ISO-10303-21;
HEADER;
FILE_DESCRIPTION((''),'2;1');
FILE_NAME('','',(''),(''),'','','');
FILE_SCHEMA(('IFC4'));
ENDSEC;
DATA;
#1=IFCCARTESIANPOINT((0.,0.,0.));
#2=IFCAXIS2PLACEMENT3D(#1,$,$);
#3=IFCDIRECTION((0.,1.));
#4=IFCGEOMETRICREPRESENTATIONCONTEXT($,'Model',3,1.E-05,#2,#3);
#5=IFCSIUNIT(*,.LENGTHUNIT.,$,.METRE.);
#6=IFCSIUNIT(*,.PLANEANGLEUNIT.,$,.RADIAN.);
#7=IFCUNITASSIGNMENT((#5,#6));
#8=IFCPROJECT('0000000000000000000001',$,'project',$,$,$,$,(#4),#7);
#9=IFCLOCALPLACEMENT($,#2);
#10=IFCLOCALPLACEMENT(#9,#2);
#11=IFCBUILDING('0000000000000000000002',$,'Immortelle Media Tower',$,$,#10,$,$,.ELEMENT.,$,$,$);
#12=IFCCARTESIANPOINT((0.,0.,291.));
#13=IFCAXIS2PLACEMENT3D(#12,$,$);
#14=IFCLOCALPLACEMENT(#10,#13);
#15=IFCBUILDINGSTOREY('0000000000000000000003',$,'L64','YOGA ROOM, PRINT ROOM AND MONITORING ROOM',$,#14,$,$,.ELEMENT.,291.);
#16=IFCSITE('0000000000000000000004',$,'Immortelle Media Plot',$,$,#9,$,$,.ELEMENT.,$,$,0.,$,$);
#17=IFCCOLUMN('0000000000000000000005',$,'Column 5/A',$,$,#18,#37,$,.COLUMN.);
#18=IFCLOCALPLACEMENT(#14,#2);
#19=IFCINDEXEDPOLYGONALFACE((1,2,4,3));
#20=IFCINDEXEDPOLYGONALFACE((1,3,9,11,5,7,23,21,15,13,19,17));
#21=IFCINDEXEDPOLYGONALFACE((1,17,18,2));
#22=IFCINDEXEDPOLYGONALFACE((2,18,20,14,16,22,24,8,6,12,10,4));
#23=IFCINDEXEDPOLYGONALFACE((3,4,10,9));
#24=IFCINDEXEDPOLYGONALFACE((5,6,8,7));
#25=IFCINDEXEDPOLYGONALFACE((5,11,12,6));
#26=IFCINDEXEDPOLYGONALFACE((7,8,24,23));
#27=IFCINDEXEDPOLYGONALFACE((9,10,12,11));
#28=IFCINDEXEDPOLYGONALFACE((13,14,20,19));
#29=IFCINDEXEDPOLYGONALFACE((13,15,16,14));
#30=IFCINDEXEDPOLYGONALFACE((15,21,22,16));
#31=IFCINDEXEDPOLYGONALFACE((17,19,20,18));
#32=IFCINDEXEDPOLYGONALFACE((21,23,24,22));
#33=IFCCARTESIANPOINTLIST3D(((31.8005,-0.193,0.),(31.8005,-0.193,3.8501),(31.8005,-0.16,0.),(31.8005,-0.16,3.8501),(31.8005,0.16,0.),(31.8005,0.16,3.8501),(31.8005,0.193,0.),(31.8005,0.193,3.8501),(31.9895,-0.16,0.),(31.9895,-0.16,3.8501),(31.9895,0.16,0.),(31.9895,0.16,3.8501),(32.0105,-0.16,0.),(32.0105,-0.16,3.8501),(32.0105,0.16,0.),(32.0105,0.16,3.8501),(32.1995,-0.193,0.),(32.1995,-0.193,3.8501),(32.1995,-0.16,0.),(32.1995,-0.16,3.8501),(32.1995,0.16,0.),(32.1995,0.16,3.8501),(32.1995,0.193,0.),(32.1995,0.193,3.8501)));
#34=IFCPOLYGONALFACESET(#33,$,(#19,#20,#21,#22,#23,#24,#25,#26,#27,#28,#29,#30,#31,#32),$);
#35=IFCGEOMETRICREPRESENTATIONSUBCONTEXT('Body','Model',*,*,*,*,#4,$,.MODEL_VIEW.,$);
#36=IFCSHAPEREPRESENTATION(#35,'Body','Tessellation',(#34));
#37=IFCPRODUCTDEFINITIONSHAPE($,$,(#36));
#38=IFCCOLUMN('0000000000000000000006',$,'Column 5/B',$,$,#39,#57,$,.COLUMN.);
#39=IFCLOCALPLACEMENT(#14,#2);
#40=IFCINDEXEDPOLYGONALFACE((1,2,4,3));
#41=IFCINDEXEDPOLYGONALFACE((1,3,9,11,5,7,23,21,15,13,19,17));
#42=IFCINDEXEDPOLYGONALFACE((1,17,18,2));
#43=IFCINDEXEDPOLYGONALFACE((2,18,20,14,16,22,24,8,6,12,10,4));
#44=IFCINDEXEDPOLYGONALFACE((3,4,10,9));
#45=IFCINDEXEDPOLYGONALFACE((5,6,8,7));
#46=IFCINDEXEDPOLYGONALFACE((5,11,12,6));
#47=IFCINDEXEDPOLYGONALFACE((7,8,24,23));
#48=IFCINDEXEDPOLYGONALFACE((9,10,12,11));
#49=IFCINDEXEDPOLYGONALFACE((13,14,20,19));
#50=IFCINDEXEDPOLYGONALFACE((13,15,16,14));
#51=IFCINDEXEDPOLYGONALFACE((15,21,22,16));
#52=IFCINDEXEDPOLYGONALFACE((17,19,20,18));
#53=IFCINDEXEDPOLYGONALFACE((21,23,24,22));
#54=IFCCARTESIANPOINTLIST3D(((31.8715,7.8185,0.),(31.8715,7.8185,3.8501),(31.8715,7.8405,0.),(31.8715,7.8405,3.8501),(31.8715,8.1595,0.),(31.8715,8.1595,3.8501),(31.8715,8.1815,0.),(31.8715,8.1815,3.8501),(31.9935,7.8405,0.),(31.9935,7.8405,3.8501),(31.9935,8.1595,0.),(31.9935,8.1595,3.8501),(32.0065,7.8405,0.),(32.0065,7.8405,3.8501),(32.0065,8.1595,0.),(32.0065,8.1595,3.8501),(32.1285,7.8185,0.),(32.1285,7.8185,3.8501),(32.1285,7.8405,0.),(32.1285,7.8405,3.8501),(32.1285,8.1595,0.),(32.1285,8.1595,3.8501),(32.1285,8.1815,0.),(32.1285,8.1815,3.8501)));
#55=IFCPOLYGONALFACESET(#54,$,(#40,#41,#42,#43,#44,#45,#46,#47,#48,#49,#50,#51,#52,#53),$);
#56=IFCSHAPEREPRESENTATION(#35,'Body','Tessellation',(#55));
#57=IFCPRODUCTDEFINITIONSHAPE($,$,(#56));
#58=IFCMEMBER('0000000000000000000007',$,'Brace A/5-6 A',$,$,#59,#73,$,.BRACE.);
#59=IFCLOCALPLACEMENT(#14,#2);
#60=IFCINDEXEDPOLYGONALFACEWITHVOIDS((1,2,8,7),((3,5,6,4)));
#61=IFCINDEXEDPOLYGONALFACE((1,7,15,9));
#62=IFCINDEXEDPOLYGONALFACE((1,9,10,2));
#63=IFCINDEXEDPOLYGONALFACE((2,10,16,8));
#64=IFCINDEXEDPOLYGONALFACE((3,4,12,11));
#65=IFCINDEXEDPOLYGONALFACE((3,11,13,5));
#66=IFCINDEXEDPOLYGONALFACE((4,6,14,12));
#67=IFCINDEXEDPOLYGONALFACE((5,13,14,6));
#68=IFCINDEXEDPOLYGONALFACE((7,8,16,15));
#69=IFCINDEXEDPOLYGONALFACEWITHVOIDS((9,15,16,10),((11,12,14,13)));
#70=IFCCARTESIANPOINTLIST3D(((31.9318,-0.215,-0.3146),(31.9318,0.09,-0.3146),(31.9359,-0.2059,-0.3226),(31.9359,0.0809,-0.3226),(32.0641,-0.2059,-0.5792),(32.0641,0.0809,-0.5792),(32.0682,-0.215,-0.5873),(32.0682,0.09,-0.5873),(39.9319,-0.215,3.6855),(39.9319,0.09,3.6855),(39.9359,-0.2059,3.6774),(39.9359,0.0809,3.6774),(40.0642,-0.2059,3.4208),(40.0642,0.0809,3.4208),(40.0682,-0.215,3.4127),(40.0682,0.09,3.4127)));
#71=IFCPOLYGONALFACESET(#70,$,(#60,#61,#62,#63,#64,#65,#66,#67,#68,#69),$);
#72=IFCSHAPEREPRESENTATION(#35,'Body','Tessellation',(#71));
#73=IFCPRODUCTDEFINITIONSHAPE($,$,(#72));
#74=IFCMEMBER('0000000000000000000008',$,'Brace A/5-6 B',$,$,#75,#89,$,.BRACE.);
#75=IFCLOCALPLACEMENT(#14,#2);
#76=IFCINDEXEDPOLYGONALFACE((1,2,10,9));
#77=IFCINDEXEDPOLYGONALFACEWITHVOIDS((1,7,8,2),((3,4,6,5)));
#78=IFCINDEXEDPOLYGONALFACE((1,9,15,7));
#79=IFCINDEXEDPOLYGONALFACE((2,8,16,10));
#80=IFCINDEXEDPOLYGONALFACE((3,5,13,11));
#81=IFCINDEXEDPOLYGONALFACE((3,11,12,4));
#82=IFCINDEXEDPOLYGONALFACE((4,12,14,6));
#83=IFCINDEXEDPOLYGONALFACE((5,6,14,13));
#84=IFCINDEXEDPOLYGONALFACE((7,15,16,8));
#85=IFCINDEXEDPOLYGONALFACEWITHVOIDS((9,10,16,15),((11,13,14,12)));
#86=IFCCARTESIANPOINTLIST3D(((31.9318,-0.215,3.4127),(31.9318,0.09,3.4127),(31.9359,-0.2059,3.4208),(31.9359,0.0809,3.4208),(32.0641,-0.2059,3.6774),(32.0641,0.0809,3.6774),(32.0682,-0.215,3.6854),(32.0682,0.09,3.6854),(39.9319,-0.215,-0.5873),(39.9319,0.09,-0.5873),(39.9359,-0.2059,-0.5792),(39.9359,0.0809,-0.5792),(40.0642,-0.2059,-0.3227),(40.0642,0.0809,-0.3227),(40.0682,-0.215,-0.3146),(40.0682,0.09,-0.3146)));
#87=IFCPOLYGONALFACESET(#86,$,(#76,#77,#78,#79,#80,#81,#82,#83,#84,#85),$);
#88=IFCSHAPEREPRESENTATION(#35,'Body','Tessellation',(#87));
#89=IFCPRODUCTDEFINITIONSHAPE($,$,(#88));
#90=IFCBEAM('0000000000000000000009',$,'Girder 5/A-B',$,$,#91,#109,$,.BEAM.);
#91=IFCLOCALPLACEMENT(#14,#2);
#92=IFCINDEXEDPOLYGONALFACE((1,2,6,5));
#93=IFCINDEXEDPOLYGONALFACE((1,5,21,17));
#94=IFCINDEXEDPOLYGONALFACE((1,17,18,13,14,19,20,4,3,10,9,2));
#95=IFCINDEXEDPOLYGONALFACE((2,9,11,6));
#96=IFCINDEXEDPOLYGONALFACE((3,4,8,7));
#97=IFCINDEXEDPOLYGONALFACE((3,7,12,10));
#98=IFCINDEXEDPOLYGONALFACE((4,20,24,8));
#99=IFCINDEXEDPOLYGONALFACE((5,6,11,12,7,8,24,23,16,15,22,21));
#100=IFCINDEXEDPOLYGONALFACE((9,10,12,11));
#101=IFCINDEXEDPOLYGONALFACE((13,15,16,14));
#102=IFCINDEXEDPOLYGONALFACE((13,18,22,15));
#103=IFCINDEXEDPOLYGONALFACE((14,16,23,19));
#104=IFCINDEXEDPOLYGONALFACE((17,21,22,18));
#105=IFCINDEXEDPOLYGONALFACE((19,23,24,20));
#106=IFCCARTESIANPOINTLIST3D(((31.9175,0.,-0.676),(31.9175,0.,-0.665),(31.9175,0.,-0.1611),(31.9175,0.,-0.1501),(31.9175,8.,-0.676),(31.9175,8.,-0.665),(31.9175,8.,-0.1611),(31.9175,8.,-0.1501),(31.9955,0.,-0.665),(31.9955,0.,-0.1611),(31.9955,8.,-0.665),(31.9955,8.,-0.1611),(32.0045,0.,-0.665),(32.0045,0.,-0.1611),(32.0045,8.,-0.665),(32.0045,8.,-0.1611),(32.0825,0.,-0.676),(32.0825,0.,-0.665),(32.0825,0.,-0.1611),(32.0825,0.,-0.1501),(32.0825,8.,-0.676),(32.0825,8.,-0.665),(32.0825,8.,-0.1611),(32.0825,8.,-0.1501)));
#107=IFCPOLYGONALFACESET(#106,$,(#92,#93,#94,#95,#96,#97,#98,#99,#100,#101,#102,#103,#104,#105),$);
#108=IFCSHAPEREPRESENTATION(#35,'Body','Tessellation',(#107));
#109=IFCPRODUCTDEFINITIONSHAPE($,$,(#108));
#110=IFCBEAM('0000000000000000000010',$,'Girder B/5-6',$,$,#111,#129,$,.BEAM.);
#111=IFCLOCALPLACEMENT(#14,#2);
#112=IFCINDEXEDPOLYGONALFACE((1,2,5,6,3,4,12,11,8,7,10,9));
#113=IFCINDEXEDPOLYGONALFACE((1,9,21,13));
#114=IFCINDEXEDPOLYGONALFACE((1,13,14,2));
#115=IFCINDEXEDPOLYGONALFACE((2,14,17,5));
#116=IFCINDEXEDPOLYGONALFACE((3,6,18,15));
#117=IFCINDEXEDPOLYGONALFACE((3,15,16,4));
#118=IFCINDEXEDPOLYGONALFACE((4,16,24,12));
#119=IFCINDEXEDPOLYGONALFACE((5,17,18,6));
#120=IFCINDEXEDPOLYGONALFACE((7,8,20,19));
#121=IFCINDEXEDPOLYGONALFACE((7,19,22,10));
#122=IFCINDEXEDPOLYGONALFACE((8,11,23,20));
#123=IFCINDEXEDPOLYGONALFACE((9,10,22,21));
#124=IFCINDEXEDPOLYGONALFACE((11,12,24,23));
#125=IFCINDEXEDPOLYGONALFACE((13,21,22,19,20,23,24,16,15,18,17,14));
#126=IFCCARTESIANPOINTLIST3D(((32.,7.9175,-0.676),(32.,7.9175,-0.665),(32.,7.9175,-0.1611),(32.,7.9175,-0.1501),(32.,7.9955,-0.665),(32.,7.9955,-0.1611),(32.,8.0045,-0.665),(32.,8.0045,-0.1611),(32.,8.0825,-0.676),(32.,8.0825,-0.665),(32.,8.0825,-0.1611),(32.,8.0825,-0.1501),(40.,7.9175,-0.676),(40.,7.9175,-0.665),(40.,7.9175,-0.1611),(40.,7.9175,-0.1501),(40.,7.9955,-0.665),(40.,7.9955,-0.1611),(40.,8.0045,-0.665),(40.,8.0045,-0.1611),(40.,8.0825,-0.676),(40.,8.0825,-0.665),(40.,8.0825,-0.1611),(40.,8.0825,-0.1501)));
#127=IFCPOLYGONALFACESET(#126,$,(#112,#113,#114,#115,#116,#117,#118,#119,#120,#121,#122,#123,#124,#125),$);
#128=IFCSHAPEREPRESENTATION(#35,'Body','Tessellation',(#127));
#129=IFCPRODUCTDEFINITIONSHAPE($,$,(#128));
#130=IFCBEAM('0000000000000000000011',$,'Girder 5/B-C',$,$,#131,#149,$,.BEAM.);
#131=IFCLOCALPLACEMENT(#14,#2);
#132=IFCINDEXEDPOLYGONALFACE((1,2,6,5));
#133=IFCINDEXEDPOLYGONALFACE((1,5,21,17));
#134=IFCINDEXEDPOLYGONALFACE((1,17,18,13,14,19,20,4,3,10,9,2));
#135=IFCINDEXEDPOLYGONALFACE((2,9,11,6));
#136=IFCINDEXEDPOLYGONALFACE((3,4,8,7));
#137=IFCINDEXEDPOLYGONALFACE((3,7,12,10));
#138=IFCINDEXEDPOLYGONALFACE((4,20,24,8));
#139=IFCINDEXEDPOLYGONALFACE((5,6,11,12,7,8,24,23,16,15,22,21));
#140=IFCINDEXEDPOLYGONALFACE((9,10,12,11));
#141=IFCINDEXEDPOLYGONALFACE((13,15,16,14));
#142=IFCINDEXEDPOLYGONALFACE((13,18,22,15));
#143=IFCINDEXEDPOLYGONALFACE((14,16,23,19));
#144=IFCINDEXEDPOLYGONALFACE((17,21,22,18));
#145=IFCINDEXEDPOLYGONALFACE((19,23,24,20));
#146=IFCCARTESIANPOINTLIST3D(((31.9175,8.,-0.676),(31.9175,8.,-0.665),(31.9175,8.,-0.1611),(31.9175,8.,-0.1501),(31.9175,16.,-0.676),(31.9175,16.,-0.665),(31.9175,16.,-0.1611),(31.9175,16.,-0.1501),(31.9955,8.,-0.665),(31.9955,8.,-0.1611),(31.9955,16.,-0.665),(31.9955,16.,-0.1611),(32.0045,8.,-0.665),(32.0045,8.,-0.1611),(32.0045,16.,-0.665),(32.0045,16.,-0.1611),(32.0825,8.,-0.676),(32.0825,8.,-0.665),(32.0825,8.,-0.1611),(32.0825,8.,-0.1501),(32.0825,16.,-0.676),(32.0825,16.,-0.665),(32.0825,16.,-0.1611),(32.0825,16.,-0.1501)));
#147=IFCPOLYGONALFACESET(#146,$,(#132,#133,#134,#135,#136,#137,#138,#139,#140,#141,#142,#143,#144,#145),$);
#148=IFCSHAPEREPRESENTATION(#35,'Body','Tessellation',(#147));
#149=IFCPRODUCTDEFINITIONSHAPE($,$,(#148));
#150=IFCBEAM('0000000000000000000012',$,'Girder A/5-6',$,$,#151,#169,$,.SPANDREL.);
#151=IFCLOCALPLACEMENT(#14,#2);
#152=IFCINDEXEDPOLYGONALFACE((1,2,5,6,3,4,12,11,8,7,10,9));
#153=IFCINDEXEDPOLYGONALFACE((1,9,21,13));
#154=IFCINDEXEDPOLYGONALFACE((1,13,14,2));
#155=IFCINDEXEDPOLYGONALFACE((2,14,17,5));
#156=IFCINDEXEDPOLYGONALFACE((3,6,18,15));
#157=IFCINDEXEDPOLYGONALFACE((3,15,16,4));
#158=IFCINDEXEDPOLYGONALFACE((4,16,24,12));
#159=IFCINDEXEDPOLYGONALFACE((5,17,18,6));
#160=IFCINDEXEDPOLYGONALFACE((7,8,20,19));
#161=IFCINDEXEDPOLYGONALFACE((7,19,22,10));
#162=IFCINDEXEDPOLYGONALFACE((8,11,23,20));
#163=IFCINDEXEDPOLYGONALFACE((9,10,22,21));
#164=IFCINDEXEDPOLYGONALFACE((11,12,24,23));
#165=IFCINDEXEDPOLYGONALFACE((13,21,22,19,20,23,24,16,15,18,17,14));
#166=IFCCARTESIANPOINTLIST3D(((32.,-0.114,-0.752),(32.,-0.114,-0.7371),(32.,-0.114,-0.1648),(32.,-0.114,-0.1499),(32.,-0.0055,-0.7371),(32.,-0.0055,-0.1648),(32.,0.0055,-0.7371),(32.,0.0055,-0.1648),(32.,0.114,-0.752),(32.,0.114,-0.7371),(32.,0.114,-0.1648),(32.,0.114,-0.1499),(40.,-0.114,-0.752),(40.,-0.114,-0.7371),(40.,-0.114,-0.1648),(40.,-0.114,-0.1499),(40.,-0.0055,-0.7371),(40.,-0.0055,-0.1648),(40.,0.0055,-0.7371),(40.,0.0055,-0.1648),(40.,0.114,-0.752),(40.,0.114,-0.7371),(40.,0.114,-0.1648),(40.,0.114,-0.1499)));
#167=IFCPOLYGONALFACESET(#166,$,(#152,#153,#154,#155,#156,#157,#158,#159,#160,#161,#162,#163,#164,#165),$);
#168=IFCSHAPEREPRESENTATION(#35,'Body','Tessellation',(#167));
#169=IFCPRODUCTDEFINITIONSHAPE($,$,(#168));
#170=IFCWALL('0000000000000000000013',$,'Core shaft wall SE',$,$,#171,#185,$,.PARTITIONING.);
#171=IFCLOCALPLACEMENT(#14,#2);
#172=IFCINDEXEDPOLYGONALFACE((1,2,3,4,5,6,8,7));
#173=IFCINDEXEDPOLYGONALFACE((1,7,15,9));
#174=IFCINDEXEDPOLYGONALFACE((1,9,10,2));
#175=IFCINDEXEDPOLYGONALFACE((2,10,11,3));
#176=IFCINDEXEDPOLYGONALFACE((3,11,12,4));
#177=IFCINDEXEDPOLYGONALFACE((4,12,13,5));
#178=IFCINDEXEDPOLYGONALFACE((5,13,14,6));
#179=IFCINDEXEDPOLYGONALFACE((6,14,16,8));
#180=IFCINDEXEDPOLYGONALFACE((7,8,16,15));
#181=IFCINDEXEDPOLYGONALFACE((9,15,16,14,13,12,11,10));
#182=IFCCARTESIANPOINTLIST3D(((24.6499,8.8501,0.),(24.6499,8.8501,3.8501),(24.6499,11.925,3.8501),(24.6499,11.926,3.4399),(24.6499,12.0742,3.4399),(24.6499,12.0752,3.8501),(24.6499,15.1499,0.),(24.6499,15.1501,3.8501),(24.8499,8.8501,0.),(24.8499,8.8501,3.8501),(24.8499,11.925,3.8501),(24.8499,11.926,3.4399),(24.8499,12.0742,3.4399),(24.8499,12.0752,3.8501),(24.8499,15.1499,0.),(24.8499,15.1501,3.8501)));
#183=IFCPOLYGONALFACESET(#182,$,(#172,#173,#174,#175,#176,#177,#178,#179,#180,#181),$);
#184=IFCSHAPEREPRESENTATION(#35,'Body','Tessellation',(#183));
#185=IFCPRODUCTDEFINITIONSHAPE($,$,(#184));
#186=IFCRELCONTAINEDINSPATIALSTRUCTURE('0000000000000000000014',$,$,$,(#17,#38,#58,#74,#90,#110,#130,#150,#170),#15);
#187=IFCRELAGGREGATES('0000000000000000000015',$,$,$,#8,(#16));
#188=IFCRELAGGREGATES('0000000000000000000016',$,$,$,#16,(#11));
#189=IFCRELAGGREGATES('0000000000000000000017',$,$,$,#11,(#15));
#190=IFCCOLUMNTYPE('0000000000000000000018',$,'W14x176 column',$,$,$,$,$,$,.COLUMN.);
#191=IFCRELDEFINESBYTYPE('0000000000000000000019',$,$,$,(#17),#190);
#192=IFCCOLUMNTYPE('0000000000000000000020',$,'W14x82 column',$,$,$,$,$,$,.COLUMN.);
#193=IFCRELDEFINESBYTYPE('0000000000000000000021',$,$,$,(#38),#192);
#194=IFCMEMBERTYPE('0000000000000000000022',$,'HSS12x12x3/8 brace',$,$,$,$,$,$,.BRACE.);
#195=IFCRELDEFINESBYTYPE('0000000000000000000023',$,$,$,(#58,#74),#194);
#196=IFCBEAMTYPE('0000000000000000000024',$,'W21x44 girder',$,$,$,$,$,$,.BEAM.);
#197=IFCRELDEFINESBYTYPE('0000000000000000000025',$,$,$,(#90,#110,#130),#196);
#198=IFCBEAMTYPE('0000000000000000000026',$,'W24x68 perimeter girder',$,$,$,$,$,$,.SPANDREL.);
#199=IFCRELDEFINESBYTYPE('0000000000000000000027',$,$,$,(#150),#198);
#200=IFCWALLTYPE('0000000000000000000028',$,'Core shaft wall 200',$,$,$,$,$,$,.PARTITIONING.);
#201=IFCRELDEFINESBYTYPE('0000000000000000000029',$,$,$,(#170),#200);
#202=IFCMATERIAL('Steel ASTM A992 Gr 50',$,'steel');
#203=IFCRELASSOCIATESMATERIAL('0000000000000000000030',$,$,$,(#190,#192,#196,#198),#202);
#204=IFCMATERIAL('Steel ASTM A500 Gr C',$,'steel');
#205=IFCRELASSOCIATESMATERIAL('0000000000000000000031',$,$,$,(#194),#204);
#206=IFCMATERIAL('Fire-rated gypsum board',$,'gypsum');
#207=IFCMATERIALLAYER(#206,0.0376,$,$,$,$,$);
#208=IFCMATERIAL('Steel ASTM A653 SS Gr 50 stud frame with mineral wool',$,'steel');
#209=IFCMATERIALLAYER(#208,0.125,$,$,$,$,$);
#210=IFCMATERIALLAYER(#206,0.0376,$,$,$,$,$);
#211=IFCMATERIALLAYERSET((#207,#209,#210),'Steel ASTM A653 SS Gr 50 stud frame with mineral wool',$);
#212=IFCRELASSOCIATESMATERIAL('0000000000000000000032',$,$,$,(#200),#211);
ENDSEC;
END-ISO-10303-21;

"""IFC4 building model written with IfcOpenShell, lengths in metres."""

from ifc_helpers import new_model, si_unit, direction, frame, origin, origin_2d, place, context, subcontext, project, spatial, polyline, hollow_rectangle, i_section, outline, extrude, material, layer, layer_set, material_profile, profile_set, type_object, element, save


model = new_model("IFC4")

# Units and contexts
model_context = context("Model", 3, precision=1e-05, world=origin(), true_north=direction((0.0, 1.0)))
body_context = subcontext(model_context, "Body", "Model", "MODEL_VIEW")
ifc_project = project(units=[si_unit("LENGTHUNIT", "METRE"), si_unit("PLANEANGLEUNIT", "RADIAN")], contexts=[model_context])

# Site, building, storey
site_placement = place(None, origin())
site = spatial("IfcSite", under=ifc_project, at=site_placement, Name="Immortelle Media Plot", CompositionType="ELEMENT", RefElevation=0.0)
building_placement = place(site_placement, origin())
building = spatial("IfcBuilding", under=site, at=building_placement, Name="Immortelle Media Tower", CompositionType="ELEMENT")
storey_placement = place(building_placement, frame((0.0, 0.0, 291.0)))
storey = spatial("IfcBuildingStorey", under=building, at=storey_placement, Name="L64", Description="YOGA ROOM, PRINT ROOM AND MONITORING ROOM", CompositionType="ELEMENT", Elevation=291.0)

# Columns
ifc_material_1 = material(Name="Steel ASTM A992 Gr 50", Category="steel")
ifc_material_profile_1 = material_profile(ifc_material_1, i_section(OverallWidth=0.3989, OverallDepth=0.386, WebThickness=0.021, FlangeThickness=0.033, at=origin_2d()), Name="W14x176")
ifc_profile_set_1 = profile_set([ifc_material_profile_1], Name="Steel ASTM A992 Gr 50")
column_type_1 = type_object("IfcColumnType", Name="W14x176 column", PredefinedType="COLUMN", material=ifc_profile_set_1)
column_1_placement = place(storey_placement, frame((32.0, 0.0, 0.0), z_axis=(0.0, 0.0, 1.0), x_axis=(1.0, 0.0, 0.0)))
element("IfcColumn", 1, at=column_1_placement, inside=storey, type_object=column_type_1, Name="Column 5/A", PredefinedType="COLUMN", context=body_context, shape_type="SweptSolid", body=[
    extrude(i_section(OverallWidth=0.3989, OverallDepth=0.386, WebThickness=0.021, FlangeThickness=0.033, at=origin_2d()), origin(), (0.0, 0.0, 1.0), 3.8501),
])
ifc_material_profile_2 = material_profile(ifc_material_1, i_section(OverallWidth=0.2571, OverallDepth=0.363, WebThickness=0.0129, FlangeThickness=0.022, at=origin_2d()), Name="W14x82")
ifc_profile_set_2 = profile_set([ifc_material_profile_2], Name="Steel ASTM A992 Gr 50")
column_type_2 = type_object("IfcColumnType", Name="W14x82 column", PredefinedType="COLUMN", material=ifc_profile_set_2)
column_2_placement = place(storey_placement, frame((32.0, 8.0, 0.0), z_axis=(0.0, 0.0, 1.0), x_axis=(1.0, 0.0, 0.0)))
element("IfcColumn", 2, at=column_2_placement, inside=storey, type_object=column_type_2, Name="Column 5/B", PredefinedType="COLUMN", context=body_context, shape_type="SweptSolid", body=[
    extrude(i_section(OverallWidth=0.2571, OverallDepth=0.363, WebThickness=0.0129, FlangeThickness=0.022, at=origin_2d()), origin(), (0.0, 0.0, 1.0), 3.8501),
])

# Members
ifc_material_2 = material(Name="Steel ASTM A500 Gr C", Category="steel")
ifc_material_profile_3 = material_profile(ifc_material_2, hollow_rectangle(XDim=0.3049, YDim=0.3049, WallThickness=0.009, at=origin_2d()), Name="HSS12x12x3/8 brace")
ifc_profile_set_3 = profile_set([ifc_material_profile_3], Name="Steel ASTM A500 Gr C")
member_type = type_object("IfcMemberType", Name="HSS12x12x3/8 brace", PredefinedType="BRACE", material=ifc_profile_set_3)
for number, where, z_axis, x_axis, name in (
    (3, (32.0, -0.0625, -0.4509), (0.894427, 0.0, 0.447214), (0.0, 1.0, 0.0), "Brace A/5-6 A"),
    (4, (32.0, -0.0625, 3.5491), (0.894427, 0.0, -0.447214), (0.0, 1.0, 0.0), "Brace A/5-6 B"),
):
    element("IfcMember", number, at=place(storey_placement, frame(where, z_axis=z_axis, x_axis=x_axis)), inside=storey, type_object=member_type, Name=name, PredefinedType="BRACE", context=body_context, shape_type="SweptSolid", body=[
        extrude(hollow_rectangle(XDim=0.3049, YDim=0.3049, WallThickness=0.009, at=origin_2d()), origin(), (0.0, 0.0, 1.0), 8.9443),
    ])

# Beams
ifc_material_profile_4 = material_profile(ifc_material_1, i_section(OverallWidth=0.165, OverallDepth=0.5259, WebThickness=0.009, FlangeThickness=0.011, at=origin_2d()), Name="W21x44")
ifc_profile_set_4 = profile_set([ifc_material_profile_4], Name="Steel ASTM A992 Gr 50")
beam_type_1 = type_object("IfcBeamType", Name="W21x44 girder", PredefinedType="BEAM", material=ifc_profile_set_4)
for number, where, z_axis, x_axis, name in (
    (5, (32.0, 0.0, -0.4131), (0.0, 1.0, 0.0), (-1.0, 0.0, 0.0), "Girder 5/A-B"),
    (6, (32.0, 8.0, -0.4131), (1.0, 0.0, 0.0), (0.0, 1.0, 0.0), "Girder B/5-6"),
    (7, (32.0, 8.0, -0.4131), (0.0, 1.0, 0.0), (-1.0, 0.0, 0.0), "Girder 5/B-C"),
):
    element("IfcBeam", number, at=place(storey_placement, frame(where, z_axis=z_axis, x_axis=x_axis)), inside=storey, type_object=beam_type_1, Name=name, PredefinedType="BEAM", context=body_context, shape_type="SweptSolid", body=[
        extrude(i_section(OverallWidth=0.165, OverallDepth=0.5259, WebThickness=0.009, FlangeThickness=0.011, at=origin_2d()), origin(), (0.0, 0.0, 1.0), 8.0),
    ])
ifc_material_profile_5 = material_profile(ifc_material_1, i_section(OverallWidth=0.228, OverallDepth=0.6021, WebThickness=0.011, FlangeThickness=0.0149, at=origin_2d()), Name="W24x68")
ifc_profile_set_5 = profile_set([ifc_material_profile_5], Name="Steel ASTM A992 Gr 50")
beam_type_2 = type_object("IfcBeamType", Name="W24x68 perimeter girder", PredefinedType="SPANDREL", material=ifc_profile_set_5)
beam_placement = place(storey_placement, frame((32.0, 0.0, -0.4509), z_axis=(1.0, 0.0, 0.0), x_axis=(0.0, 1.0, 0.0)))
element("IfcBeam", 8, at=beam_placement, inside=storey, type_object=beam_type_2, Name="Girder A/5-6", PredefinedType="SPANDREL", context=body_context, shape_type="SweptSolid", body=[
    extrude(i_section(OverallWidth=0.228, OverallDepth=0.6021, WebThickness=0.011, FlangeThickness=0.0149, at=origin_2d()), origin(), (0.0, 0.0, 1.0), 8.0),
])

# Wall
ifc_material_3 = material(Name="Fire-rated gypsum board", Category="gypsum")
ifc_layer_1 = layer(ifc_material_3, 0.0376)
ifc_material_4 = material(Name="Steel ASTM A653 SS Gr 50 stud frame with mineral wool", Category="steel")
ifc_layer_2 = layer(ifc_material_4, 0.125)
ifc_layer_3 = layer(ifc_material_3, 0.0376)
ifc_layer_set_1 = layer_set([ifc_layer_1, ifc_layer_2, ifc_layer_3], Name="Steel ASTM A653 SS Gr 50 stud frame with mineral wool")
wall_type_1 = type_object("IfcWallType", Name="Core shaft wall 200", PredefinedType="PARTITIONING", material=ifc_layer_set_1)
wall_1_placement = place(storey_placement, frame((24.75, 8.8501, 0.0), z_axis=(0.0, 0.0, 1.0), x_axis=(0.0, 1.0, 0.0)))
element("IfcWall", 9, at=wall_1_placement, inside=storey, type_object=wall_type_1, Name="Core shaft wall SE", PredefinedType="PARTITIONING", context=body_context, shape_type="SweptSolid", body=[
    extrude(outline(polyline([(0.0, 0.0), (6.2998, 0.0), (6.3, 3.8501), (3.2251, 3.8501), (3.2241, 3.4399), (3.0759, 3.4399), (3.075, 3.8501), (0.0, 3.8501), (0.0, 0.0)])), frame((0.0, 0.1001, 0.0), z_axis=(0.0, -1.0, 0.0), x_axis=(1.0, 0.0, 0.0)), (0.0, 0.0, 1.0), 0.2),
])

save(model, "model.ifc")
